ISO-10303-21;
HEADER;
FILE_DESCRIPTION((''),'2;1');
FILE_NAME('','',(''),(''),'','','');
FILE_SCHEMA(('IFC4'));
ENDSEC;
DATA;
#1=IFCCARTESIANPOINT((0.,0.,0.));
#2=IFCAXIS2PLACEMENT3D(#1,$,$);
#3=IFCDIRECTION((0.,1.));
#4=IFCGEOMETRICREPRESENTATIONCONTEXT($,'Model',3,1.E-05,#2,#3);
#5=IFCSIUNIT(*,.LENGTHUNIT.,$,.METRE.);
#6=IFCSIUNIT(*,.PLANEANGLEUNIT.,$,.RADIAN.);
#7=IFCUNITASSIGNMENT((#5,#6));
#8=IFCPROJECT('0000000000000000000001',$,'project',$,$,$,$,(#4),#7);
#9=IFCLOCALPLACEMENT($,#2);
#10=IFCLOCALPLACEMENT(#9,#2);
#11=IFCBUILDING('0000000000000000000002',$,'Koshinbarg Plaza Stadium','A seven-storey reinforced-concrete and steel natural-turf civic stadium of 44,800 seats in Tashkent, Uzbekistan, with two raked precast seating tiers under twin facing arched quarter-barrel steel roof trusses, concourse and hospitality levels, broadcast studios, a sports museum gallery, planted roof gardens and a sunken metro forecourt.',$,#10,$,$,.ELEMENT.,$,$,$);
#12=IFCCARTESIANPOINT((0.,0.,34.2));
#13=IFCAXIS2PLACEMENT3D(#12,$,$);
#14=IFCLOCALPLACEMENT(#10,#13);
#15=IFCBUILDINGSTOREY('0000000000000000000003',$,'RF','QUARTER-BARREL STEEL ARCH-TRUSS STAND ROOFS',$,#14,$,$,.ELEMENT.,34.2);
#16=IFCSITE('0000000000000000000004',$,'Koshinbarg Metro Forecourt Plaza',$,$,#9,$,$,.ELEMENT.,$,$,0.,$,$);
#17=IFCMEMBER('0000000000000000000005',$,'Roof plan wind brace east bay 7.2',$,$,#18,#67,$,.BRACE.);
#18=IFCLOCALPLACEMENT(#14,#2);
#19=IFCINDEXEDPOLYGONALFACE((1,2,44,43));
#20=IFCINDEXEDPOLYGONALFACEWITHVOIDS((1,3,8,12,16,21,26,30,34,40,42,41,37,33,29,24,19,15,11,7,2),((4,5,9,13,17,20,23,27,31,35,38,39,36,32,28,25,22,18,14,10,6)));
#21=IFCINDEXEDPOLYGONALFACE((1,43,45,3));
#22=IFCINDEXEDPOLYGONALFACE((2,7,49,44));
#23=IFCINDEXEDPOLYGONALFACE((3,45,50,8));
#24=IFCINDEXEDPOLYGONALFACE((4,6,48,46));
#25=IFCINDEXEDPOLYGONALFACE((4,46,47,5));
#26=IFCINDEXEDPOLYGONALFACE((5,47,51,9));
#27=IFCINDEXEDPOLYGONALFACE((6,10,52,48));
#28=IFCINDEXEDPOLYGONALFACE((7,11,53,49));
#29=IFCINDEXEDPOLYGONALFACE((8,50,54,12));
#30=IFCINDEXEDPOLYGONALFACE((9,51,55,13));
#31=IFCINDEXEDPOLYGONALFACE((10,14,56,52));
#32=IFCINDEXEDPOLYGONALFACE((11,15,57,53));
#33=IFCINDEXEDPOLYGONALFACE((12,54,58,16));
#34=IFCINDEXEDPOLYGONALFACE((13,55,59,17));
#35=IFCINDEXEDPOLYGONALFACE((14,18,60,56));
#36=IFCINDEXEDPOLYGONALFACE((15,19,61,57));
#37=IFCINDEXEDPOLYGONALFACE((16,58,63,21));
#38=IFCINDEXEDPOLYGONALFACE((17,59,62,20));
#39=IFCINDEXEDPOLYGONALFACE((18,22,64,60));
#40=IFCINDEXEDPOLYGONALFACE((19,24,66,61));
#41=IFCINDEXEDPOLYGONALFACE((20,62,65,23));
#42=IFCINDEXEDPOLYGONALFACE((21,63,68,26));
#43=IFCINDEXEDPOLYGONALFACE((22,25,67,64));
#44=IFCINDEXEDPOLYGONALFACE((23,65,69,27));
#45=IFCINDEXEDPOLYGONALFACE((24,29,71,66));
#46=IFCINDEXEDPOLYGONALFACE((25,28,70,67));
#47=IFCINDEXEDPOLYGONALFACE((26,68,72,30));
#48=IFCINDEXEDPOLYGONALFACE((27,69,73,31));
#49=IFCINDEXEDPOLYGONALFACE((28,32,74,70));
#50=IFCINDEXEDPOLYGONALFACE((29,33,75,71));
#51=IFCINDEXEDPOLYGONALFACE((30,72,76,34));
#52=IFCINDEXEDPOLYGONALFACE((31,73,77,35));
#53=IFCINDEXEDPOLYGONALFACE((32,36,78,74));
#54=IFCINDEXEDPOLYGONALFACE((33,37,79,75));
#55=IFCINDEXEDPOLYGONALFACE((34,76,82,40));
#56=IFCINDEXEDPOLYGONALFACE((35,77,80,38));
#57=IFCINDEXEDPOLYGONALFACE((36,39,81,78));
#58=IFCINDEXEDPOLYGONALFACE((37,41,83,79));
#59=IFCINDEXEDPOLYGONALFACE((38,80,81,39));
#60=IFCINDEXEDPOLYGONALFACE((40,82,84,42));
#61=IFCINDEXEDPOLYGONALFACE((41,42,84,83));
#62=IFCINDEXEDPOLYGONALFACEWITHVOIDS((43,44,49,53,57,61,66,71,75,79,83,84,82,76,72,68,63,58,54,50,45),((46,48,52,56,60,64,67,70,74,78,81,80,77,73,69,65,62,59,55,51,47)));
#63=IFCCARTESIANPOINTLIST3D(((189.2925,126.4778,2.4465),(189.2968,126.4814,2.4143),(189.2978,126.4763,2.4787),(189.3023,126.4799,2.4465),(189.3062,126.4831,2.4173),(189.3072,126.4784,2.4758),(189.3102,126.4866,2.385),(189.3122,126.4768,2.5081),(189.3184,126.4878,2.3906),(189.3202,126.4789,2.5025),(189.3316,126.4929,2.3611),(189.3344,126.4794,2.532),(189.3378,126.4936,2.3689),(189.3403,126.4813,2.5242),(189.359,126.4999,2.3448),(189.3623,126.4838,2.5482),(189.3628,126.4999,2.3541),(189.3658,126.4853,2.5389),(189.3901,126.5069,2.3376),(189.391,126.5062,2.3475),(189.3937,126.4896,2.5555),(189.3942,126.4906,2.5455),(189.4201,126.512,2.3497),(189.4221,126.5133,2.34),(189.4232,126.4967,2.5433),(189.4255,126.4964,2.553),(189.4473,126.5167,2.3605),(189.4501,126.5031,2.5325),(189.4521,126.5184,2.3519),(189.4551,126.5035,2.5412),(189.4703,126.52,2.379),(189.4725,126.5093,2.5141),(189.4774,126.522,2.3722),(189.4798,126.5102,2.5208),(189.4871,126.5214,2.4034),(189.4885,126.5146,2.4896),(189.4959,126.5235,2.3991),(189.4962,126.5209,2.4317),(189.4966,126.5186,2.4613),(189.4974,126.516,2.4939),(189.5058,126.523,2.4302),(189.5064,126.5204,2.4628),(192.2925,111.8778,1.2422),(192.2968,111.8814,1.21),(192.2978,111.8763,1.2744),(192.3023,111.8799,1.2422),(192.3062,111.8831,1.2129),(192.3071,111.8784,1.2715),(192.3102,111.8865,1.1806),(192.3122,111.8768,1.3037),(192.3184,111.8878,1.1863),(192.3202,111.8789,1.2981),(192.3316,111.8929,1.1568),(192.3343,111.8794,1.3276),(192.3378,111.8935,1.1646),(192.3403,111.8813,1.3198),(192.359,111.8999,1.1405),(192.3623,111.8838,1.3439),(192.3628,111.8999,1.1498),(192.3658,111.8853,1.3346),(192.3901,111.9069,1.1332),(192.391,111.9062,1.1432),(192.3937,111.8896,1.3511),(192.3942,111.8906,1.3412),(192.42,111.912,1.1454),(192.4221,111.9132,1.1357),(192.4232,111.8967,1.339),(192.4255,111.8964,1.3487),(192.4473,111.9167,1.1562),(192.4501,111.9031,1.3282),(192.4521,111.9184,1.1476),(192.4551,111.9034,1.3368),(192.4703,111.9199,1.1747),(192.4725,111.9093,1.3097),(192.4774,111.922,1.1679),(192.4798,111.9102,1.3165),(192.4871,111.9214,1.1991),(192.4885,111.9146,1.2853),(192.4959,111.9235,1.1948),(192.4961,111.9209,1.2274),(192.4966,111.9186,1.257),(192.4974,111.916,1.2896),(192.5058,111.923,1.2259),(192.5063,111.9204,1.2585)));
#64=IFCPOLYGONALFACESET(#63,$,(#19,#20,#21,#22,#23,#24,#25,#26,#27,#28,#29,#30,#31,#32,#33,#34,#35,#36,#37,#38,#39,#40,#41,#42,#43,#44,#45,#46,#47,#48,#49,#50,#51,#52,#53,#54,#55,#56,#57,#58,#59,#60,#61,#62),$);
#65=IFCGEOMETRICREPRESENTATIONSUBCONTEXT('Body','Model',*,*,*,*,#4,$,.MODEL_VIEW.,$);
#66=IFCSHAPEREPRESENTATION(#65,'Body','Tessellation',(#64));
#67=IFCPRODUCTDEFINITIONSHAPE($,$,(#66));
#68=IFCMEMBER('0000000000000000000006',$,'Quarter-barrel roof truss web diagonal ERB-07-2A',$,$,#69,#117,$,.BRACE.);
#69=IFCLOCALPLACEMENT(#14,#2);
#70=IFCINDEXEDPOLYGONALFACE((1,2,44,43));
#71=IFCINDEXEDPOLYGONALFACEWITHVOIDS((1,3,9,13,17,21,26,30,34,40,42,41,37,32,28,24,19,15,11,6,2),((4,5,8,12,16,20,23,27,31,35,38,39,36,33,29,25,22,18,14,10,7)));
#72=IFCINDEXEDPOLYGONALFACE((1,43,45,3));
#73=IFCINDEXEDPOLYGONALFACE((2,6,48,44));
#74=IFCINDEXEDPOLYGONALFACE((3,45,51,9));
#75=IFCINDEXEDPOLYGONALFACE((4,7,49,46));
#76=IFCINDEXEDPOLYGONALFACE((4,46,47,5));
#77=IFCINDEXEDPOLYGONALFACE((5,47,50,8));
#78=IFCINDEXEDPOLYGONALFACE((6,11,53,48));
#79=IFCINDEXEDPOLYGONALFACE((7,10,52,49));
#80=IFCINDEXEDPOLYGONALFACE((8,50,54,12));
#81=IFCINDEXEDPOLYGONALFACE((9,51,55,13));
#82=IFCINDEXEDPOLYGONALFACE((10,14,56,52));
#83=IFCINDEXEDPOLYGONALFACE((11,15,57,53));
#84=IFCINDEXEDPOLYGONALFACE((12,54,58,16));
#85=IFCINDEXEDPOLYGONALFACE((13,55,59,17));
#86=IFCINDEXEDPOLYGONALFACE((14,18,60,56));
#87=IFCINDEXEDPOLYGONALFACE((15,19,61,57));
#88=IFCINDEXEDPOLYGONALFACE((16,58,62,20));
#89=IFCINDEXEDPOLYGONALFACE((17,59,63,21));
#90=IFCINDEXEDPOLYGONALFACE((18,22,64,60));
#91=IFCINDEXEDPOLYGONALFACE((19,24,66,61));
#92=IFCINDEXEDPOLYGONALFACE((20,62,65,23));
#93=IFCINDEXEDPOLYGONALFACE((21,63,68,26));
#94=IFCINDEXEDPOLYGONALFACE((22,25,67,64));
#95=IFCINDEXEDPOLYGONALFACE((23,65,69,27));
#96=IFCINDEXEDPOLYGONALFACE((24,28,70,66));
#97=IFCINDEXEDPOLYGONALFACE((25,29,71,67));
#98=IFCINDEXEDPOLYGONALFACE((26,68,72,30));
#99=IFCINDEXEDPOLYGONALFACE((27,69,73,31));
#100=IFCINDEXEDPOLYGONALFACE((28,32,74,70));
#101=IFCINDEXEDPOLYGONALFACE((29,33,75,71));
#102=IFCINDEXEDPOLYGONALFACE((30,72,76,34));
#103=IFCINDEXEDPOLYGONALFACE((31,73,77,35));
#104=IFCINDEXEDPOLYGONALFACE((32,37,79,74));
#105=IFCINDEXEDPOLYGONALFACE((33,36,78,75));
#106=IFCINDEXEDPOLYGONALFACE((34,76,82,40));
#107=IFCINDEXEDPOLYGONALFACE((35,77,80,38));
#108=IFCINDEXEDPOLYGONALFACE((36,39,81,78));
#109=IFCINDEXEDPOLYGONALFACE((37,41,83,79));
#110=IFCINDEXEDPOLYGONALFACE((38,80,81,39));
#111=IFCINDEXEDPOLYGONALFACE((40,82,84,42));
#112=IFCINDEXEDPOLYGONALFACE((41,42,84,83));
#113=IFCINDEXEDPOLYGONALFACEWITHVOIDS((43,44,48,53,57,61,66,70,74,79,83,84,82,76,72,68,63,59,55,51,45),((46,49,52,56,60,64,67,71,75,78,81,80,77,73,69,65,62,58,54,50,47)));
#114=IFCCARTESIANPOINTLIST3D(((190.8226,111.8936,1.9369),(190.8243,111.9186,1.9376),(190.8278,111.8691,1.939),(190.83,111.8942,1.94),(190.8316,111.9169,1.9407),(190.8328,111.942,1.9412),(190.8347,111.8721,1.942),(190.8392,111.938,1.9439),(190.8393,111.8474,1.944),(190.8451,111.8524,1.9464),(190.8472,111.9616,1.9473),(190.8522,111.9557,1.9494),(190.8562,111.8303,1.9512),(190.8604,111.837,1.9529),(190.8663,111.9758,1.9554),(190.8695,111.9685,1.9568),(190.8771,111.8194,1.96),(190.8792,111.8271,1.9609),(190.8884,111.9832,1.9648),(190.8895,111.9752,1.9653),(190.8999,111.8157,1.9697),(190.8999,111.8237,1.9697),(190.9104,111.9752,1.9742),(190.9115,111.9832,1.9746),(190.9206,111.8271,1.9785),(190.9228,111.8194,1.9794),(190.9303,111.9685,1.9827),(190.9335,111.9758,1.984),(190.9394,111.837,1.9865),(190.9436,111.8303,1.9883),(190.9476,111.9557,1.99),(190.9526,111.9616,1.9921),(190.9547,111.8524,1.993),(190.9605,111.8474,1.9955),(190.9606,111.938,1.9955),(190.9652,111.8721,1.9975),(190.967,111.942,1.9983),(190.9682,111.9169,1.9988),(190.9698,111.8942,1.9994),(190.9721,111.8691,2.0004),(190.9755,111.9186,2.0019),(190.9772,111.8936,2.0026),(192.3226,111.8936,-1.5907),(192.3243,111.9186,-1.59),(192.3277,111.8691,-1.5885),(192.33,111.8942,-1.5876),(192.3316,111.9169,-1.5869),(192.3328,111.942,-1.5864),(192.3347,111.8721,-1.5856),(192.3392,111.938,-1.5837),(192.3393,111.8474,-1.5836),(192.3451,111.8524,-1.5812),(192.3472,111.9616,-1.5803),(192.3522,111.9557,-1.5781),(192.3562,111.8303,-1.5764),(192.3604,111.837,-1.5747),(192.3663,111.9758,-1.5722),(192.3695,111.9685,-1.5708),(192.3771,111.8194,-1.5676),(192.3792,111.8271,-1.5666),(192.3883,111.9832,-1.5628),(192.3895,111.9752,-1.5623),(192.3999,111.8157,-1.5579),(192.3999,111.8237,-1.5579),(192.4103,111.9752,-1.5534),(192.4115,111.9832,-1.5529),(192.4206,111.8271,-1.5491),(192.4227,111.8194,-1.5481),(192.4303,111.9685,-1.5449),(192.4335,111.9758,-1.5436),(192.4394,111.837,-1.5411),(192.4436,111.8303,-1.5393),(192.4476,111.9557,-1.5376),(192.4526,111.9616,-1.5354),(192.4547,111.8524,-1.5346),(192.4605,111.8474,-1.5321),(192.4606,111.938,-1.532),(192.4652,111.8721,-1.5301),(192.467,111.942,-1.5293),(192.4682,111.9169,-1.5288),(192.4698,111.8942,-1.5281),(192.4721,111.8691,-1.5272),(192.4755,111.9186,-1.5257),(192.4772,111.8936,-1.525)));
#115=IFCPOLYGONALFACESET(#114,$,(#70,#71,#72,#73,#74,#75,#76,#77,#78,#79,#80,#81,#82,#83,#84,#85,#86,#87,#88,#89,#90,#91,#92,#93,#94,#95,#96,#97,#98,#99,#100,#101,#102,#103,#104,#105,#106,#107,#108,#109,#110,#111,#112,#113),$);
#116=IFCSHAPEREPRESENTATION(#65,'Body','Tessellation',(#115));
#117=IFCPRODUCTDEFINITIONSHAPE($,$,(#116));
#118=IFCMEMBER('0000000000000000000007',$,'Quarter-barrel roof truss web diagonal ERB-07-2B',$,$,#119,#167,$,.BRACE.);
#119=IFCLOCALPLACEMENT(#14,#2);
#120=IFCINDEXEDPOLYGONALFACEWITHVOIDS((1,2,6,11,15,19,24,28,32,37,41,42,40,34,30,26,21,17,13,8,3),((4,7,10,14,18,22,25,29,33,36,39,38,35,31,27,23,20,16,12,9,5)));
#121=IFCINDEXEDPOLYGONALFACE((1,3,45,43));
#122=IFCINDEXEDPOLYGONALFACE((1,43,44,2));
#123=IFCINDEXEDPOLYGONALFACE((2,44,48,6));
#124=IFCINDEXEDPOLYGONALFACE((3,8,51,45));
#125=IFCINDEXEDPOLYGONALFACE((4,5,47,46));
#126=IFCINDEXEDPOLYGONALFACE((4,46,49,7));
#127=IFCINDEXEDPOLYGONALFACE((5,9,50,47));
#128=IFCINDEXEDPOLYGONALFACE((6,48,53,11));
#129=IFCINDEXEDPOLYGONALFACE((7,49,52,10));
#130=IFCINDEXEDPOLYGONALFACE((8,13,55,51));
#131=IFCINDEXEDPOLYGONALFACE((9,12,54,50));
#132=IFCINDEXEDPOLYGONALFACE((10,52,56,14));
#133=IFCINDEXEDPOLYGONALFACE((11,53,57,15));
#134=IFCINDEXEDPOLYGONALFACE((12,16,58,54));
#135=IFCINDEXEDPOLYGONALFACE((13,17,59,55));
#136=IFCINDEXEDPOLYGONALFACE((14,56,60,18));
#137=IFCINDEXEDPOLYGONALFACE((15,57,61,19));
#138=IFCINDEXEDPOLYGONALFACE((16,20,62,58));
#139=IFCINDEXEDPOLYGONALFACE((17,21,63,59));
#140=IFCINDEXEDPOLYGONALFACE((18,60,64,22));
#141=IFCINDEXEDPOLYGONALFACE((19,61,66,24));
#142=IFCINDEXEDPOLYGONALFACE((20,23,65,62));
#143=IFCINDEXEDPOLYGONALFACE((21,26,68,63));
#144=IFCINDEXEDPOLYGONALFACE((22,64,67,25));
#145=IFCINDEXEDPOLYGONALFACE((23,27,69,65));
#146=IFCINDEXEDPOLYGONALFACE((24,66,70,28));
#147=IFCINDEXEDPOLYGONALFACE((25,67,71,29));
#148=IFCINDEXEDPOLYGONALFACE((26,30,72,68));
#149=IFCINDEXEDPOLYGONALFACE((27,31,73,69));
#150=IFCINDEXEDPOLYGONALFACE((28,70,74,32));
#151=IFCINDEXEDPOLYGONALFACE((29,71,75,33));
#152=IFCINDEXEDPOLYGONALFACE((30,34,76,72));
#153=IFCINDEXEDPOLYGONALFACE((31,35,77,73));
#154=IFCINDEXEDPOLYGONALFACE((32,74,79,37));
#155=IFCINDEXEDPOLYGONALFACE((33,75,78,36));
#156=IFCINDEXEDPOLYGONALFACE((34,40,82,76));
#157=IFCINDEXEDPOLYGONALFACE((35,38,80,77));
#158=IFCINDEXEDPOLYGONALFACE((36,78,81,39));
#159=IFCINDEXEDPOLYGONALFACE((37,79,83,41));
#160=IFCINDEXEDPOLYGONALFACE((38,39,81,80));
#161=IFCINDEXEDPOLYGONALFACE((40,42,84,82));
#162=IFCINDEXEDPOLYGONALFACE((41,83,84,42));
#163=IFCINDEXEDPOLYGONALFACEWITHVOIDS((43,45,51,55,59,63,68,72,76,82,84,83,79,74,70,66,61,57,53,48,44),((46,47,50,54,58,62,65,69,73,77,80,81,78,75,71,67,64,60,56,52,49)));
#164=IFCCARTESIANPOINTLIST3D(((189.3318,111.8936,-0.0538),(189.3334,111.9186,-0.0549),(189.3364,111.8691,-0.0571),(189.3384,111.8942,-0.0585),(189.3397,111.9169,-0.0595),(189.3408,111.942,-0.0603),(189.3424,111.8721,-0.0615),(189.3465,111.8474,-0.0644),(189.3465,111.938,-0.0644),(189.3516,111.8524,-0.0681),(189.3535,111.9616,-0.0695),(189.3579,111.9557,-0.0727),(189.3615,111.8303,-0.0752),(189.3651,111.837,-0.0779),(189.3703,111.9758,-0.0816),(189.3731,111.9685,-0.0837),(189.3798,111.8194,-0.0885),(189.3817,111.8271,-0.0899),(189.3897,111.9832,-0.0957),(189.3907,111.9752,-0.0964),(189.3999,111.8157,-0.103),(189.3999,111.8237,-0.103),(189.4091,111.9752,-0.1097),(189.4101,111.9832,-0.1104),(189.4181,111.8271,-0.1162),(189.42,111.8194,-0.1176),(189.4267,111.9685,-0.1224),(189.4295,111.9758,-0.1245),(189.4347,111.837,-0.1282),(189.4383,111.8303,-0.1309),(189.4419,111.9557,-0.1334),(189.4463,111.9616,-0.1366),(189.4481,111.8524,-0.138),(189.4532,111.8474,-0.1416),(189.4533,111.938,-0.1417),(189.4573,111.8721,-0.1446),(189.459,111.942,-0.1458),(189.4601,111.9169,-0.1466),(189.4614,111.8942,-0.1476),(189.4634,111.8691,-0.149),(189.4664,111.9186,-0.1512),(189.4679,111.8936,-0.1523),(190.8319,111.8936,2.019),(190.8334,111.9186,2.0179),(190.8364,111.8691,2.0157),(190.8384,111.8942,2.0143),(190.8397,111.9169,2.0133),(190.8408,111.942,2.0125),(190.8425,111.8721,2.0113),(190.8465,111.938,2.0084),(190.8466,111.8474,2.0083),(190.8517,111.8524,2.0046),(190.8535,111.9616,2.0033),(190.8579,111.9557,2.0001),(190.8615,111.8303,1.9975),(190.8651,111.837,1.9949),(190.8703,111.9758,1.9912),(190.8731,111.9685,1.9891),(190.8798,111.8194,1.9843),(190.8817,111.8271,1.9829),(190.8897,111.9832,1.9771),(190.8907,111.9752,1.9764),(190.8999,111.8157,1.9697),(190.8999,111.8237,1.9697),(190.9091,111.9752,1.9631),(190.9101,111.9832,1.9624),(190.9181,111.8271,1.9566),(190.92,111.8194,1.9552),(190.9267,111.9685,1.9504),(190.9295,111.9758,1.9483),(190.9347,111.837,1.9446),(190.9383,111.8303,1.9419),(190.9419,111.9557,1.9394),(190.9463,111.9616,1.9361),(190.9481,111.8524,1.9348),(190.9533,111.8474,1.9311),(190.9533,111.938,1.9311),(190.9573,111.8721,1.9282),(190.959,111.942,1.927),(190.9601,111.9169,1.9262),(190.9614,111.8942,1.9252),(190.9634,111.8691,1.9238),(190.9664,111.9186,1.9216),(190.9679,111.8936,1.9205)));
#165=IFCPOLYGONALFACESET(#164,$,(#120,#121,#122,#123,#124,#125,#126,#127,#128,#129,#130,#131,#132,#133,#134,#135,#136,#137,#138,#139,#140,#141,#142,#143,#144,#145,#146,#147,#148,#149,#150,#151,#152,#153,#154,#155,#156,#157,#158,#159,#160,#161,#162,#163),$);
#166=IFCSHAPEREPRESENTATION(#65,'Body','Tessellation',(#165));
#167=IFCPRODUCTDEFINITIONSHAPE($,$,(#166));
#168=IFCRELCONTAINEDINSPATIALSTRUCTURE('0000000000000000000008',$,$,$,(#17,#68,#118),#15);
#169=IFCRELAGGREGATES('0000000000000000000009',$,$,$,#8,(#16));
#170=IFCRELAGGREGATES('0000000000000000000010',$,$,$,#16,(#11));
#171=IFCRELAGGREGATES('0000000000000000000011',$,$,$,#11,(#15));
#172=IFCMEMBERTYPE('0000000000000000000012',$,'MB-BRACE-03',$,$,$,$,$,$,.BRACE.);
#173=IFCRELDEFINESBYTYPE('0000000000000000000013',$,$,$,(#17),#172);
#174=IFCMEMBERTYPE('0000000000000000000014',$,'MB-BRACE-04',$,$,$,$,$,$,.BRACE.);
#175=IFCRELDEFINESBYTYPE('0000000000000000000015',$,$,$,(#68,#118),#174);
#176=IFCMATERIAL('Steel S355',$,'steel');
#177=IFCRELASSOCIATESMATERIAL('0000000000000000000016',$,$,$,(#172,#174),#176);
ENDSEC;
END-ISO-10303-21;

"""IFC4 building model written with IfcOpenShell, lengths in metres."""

from ifc_helpers import new_model, si_unit, direction, frame, origin, origin_2d, place, context, subcontext, project, spatial, hollow_circle, extrude, material, material_profile, profile_set, type_object, element, save


model = new_model("IFC4")

# Units and contexts
model_context = context("Model", 3, precision=1e-05, world=origin(), true_north=direction((0.0, 1.0)))
body_context = subcontext(model_context, "Body", "Model", "MODEL_VIEW")
ifc_project = project(units=[si_unit("LENGTHUNIT", "METRE"), si_unit("PLANEANGLEUNIT", "RADIAN")], contexts=[model_context])

# Site, building, storey
site_placement = place(None, origin())
site = spatial("IfcSite", under=ifc_project, at=site_placement, Name="Koshinbarg Metro Forecourt Plaza", CompositionType="ELEMENT", RefElevation=0.0)
building_placement = place(site_placement, origin())
building = spatial("IfcBuilding", under=site, at=building_placement, Name="Koshinbarg Plaza Stadium", Description="A seven-storey reinforced-concrete and steel natural-turf civic stadium of 44,800 seats in Tashkent, Uzbekistan, with two raked precast seating tiers under twin facing arched quarter-barrel steel roof trusses, concourse and hospitality levels, broadcast studios, a sports museum gallery, planted roof gardens and a sunken metro forecourt.", CompositionType="ELEMENT")
storey_placement = place(building_placement, frame((0.0, 0.0, 34.2)))
storey = spatial("IfcBuildingStorey", under=building, at=storey_placement, Name="RF", Description="QUARTER-BARREL STEEL ARCH-TRUSS STAND ROOFS", CompositionType="ELEMENT", Elevation=34.2)

# Members
ifc_material_1 = material(Name="Steel S355", Category="steel")
ifc_material_profile_1 = material_profile(ifc_material_1, hollow_circle(Radius=0.1096, WallThickness=0.01, at=origin_2d()), Name="CHS 219.1x10")
ifc_profile_set_1 = profile_set([ifc_material_profile_1], Name="Steel S355")
member_type_1 = type_object("IfcMemberType", Name="MB-BRACE-03", PredefinedType="BRACE", material=ifc_profile_set_1)
member_1_placement = place(storey_placement, frame((192.3999, 111.8999, 1.2422), z_axis=(-0.200619, 0.976353, 0.080538), x_axis=(-0.979535, -0.201273, 0.0)))
element("IfcMember", 1, at=member_1_placement, inside=storey, type_object=member_type_1, Name="Roof plan wind brace east bay 7.2", PredefinedType="BRACE", context=body_context, shape_type="SweptSolid", body=[
    extrude(hollow_circle(Radius=0.1096, WallThickness=0.01, at=origin_2d()), origin(), (0.0, 0.0, 1.0), 14.9536),
])
ifc_material_profile_2 = material_profile(ifc_material_1, hollow_circle(Radius=0.0842, WallThickness=0.0081, at=origin_2d()), Name="CHS 168.3x8")
ifc_profile_set_2 = profile_set([ifc_material_profile_2], Name="Steel S355")
member_type_2 = type_object("IfcMemberType", Name="MB-BRACE-04", PredefinedType="BRACE", material=ifc_profile_set_2)
member_2_placement = place(storey_placement, frame((192.3999, 111.8999, -1.5579), z_axis=(-0.391312, 0.0, 0.920258), x_axis=(0.0, -1.0, 0.0)))
element("IfcMember", 2, at=member_2_placement, inside=storey, type_object=member_type_2, Name="Quarter-barrel roof truss web diagonal ERB-07-2A", PredefinedType="BRACE", context=body_context, shape_type="SweptSolid", body=[
    extrude(hollow_circle(Radius=0.0842, WallThickness=0.0081, at=origin_2d()), origin(), (0.0, 0.0, 1.0), 3.8333),
])
member_3_placement = place(storey_placement, frame((190.8999, 111.8999, 1.9697), z_axis=(-0.586264, 0.0, -0.81012), x_axis=(0.0, -1.0, 0.0)))
element("IfcMember", 3, at=member_3_placement, inside=storey, type_object=member_type_2, Name="Quarter-barrel roof truss web diagonal ERB-07-2B", PredefinedType="BRACE", context=body_context, shape_type="SweptSolid", body=[
    extrude(hollow_circle(Radius=0.0842, WallThickness=0.0081, at=origin_2d()), origin(), (0.0, 0.0, 1.0), 2.5586),
])

save(model, "model.ifc")
